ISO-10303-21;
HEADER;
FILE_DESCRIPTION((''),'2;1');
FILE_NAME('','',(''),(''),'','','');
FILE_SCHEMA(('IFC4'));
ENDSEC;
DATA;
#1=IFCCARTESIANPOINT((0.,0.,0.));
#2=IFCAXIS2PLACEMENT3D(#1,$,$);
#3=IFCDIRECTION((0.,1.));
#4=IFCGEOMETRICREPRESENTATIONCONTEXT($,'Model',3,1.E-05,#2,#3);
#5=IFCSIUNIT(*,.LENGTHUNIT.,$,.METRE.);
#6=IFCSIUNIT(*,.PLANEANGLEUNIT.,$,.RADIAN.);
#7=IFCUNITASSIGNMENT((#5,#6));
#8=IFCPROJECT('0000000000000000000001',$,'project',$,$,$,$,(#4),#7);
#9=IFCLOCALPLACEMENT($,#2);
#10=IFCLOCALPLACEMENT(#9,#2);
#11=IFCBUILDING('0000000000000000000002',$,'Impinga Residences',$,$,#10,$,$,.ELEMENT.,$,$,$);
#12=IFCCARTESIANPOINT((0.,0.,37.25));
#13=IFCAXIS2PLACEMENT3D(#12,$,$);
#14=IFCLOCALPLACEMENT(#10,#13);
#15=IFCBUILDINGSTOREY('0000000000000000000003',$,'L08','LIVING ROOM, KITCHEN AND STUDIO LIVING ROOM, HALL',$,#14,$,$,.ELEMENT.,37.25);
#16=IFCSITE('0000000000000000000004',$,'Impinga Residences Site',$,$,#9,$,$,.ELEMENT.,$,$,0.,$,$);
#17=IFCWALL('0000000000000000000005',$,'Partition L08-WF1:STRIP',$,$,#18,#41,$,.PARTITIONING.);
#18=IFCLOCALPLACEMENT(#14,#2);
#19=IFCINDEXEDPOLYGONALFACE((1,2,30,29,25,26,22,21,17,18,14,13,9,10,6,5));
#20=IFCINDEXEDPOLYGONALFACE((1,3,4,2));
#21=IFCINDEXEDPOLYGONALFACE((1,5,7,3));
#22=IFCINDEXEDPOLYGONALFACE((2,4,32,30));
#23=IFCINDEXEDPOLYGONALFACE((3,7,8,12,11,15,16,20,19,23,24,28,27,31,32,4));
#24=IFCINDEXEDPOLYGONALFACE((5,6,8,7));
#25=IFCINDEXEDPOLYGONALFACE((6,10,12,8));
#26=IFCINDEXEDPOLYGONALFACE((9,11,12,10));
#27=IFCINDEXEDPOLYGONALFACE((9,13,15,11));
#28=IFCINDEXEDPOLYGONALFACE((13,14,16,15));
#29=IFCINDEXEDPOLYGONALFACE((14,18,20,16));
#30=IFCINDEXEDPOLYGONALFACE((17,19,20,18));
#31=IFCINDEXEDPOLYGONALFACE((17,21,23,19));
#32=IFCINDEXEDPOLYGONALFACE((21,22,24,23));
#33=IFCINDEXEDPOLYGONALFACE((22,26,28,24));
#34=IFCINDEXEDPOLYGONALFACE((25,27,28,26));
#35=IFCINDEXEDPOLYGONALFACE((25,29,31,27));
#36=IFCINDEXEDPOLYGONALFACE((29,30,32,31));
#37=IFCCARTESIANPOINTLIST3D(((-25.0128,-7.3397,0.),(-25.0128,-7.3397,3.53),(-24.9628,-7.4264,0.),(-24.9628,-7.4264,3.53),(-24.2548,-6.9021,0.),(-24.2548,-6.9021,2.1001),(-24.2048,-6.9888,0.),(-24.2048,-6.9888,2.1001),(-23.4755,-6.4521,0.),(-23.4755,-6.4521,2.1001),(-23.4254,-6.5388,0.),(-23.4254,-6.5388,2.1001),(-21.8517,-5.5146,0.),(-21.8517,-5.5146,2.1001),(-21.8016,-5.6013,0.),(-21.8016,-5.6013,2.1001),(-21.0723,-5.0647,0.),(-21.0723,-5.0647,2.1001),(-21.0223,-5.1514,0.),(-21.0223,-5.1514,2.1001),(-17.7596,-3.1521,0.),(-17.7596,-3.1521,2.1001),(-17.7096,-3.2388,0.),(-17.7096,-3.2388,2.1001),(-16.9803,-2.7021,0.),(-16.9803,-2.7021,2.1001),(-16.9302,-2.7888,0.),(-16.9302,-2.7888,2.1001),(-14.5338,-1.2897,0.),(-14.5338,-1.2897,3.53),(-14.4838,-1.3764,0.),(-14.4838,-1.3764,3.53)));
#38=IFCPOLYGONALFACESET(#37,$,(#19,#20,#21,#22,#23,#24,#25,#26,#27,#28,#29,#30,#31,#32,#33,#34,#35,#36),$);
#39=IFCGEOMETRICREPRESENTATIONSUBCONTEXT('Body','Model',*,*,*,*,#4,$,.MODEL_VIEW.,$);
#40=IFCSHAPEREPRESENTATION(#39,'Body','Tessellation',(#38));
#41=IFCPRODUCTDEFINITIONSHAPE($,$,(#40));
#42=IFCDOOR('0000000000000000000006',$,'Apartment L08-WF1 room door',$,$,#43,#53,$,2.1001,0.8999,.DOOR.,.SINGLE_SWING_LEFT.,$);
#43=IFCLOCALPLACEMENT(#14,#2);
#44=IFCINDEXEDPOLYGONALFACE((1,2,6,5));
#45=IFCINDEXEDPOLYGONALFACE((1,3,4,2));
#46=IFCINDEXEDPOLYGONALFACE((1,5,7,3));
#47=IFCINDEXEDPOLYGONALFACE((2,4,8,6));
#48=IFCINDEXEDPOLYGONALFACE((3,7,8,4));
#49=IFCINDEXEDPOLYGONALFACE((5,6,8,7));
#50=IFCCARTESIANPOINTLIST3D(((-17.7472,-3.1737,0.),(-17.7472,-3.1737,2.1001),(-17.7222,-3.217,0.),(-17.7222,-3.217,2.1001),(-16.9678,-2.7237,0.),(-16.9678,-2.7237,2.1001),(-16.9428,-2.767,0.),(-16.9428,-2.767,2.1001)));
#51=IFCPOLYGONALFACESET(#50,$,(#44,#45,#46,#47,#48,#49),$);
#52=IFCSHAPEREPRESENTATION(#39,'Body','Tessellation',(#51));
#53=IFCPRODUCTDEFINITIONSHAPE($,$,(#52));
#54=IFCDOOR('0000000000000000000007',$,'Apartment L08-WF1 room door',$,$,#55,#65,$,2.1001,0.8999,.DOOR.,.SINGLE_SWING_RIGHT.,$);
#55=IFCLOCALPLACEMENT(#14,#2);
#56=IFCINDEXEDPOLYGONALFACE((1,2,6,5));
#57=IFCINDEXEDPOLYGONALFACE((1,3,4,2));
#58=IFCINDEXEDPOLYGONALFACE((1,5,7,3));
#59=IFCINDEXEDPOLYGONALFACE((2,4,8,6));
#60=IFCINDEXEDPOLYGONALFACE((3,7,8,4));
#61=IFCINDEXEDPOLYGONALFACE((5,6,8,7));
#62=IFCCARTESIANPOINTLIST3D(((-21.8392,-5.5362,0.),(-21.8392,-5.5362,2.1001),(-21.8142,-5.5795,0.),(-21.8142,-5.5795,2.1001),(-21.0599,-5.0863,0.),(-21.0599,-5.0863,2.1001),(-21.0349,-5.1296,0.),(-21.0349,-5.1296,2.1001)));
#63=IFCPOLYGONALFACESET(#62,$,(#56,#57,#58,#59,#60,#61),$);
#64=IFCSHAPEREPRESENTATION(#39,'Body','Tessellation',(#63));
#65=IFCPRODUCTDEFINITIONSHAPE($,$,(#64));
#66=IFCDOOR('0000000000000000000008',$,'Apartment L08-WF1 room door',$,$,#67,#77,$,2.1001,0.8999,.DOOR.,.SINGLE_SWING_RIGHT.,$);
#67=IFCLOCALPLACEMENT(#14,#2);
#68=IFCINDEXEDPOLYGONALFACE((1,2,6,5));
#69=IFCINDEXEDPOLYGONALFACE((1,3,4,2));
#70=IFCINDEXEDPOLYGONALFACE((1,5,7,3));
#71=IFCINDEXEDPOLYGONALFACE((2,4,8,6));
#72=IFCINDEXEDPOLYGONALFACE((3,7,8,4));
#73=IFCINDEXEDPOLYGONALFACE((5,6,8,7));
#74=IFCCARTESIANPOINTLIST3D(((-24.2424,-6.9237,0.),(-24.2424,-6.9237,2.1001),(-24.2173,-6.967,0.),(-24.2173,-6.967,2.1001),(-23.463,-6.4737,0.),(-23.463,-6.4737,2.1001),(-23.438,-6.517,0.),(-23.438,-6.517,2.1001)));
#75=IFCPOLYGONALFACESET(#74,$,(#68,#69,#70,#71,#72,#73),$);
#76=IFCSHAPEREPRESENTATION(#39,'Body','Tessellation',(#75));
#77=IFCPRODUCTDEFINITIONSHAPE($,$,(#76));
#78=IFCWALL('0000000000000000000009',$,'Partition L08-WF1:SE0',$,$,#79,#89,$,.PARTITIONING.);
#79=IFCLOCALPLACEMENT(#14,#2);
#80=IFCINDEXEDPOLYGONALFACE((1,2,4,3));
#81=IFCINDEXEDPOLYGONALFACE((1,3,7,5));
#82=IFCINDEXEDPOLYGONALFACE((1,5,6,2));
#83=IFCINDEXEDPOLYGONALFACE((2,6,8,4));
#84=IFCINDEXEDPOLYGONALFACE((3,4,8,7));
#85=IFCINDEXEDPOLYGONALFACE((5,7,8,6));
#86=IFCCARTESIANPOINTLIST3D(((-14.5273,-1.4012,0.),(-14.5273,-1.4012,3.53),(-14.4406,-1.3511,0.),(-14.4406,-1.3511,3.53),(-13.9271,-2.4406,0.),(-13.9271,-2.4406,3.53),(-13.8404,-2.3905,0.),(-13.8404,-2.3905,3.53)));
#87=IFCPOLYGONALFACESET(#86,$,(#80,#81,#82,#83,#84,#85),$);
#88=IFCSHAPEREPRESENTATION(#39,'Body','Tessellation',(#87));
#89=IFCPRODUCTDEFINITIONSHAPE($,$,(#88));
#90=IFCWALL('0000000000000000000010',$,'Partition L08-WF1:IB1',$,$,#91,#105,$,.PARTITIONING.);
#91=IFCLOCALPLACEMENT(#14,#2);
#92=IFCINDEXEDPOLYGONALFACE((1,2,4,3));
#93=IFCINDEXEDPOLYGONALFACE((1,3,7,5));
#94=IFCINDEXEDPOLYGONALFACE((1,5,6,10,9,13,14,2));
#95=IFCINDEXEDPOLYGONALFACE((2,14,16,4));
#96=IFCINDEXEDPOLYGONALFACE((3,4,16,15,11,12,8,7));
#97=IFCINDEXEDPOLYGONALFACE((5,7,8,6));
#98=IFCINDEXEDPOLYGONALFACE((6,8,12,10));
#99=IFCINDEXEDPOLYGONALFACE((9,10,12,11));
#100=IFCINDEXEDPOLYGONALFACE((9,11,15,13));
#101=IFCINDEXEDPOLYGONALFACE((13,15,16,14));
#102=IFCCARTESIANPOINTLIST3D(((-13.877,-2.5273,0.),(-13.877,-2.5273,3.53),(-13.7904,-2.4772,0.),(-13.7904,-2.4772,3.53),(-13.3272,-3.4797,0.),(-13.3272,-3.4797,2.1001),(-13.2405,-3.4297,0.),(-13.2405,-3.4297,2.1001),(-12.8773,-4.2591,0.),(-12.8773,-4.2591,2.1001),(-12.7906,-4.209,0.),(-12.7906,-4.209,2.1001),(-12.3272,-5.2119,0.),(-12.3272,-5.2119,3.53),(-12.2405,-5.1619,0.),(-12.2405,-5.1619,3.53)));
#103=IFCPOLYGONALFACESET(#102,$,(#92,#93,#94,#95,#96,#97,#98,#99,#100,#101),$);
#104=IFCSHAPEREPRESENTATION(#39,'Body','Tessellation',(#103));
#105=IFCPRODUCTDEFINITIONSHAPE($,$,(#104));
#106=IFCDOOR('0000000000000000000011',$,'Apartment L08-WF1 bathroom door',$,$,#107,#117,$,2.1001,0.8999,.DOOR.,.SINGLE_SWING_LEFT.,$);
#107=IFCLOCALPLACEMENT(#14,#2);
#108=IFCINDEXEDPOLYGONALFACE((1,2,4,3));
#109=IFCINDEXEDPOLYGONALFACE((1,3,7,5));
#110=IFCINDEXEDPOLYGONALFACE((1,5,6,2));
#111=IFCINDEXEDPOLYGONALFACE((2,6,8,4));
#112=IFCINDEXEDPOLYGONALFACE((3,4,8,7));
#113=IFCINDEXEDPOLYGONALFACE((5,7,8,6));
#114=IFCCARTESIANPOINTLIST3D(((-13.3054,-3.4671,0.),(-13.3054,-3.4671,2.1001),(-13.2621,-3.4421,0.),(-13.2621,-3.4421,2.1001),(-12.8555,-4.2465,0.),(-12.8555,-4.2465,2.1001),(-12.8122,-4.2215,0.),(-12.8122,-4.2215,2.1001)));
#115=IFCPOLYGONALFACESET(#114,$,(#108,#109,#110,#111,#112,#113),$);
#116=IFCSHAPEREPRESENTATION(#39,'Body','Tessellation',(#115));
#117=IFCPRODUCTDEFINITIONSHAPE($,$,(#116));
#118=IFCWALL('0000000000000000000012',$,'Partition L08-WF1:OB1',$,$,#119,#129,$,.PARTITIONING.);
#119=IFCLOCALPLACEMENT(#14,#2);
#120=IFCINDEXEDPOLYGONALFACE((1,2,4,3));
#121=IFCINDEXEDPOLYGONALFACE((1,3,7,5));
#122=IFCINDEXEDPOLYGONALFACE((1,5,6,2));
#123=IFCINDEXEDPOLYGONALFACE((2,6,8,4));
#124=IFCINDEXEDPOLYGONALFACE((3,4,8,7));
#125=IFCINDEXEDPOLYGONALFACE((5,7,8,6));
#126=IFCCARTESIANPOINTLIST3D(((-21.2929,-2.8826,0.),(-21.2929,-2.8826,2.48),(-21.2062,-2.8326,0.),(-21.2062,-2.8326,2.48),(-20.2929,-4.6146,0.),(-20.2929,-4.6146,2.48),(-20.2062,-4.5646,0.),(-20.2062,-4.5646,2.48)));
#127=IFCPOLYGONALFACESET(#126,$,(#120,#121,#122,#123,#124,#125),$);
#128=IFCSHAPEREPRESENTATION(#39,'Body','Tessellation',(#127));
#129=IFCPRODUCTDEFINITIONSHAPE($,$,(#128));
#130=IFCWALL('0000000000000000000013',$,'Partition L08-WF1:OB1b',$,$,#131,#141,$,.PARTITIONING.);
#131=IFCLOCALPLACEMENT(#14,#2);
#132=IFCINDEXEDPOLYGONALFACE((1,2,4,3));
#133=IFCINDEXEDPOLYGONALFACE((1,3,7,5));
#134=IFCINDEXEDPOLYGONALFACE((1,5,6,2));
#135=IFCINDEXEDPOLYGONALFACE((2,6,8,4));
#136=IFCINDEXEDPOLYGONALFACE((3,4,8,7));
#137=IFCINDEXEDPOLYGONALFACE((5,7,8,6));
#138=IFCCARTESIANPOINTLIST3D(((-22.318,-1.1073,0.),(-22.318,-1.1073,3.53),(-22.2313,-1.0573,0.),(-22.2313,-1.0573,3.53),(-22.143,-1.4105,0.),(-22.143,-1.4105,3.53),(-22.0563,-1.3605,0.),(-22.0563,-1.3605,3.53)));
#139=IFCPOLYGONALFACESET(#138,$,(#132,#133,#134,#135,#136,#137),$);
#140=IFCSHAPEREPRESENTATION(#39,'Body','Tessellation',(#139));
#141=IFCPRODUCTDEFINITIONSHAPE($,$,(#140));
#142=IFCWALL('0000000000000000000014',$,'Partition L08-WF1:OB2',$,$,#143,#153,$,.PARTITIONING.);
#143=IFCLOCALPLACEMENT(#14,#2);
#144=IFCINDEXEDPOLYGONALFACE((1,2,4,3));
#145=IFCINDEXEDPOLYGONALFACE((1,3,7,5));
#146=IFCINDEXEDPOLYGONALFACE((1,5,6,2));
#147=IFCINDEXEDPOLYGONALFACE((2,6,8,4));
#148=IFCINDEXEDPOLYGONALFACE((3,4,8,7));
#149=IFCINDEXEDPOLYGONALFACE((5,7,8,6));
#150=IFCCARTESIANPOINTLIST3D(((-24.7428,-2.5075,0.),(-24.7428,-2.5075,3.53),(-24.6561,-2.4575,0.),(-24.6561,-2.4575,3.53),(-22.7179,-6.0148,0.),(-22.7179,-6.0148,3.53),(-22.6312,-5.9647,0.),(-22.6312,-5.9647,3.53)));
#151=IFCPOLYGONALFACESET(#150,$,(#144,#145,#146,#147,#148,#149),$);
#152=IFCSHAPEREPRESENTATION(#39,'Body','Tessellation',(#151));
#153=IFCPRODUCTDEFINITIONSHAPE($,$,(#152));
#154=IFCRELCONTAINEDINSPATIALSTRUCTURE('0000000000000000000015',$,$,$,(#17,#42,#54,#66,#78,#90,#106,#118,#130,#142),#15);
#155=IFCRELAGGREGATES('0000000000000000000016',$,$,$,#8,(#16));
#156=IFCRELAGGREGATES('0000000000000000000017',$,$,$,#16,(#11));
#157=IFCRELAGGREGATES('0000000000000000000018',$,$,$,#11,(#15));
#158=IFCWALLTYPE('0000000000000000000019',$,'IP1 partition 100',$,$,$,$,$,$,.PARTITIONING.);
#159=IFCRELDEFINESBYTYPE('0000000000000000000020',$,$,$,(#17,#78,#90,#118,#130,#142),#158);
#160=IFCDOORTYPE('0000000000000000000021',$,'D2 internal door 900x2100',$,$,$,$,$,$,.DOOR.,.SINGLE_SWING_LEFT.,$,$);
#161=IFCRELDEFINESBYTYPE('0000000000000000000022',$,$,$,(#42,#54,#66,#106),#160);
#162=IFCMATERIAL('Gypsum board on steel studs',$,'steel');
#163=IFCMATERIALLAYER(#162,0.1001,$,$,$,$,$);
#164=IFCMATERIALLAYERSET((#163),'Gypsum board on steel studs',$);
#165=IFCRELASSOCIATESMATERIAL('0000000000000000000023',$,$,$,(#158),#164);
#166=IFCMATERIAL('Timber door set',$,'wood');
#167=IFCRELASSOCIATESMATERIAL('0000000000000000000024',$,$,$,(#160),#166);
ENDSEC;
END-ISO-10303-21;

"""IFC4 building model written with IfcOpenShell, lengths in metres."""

from ifc_helpers import new_model, si_unit, direction, frame, frame_2d, origin, place, context, subcontext, project, spatial, rectangle, extrude, material, layer, layer_set, type_object, element, fill, save


model = new_model("IFC4")

# Units and contexts
model_context = context("Model", 3, precision=1e-05, world=origin(), true_north=direction((0.0, 1.0)))
body_context = subcontext(model_context, "Body", "Model", "MODEL_VIEW")
ifc_project = project(units=[si_unit("LENGTHUNIT", "METRE"), si_unit("PLANEANGLEUNIT", "RADIAN")], contexts=[model_context])

# Site, building, storey
site_placement = place(None, origin())
site = spatial("IfcSite", under=ifc_project, at=site_placement, Name="Impinga Residences Site", CompositionType="ELEMENT", RefElevation=0.0)
building_placement = place(site_placement, origin())
building = spatial("IfcBuilding", under=site, at=building_placement, Name="Impinga Residences", CompositionType="ELEMENT")
storey_placement = place(building_placement, frame((0.0, 0.0, 37.25)))
storey = spatial("IfcBuildingStorey", under=building, at=storey_placement, Name="L08", Description="LIVING ROOM, KITCHEN AND STUDIO LIVING ROOM, HALL", CompositionType="ELEMENT", Elevation=37.25)

# Shared definitions
ifc_material_1 = material(Name="Timber door set", Category="wood")

# Shared definitions
ifc_material_2 = material(Name="Gypsum board on steel studs", Category="steel")
ifc_layer_1 = layer(ifc_material_2, 0.1001)
ifc_layer_set_1 = layer_set([ifc_layer_1], Name="Gypsum board on steel studs")
wall_type_1 = type_object("IfcWallType", Name="IP1 partition 100", PredefinedType="PARTITIONING", material=ifc_layer_set_1)

# Wall, openings, doors
wall_1_placement = place(storey_placement, frame((-14.5088, -1.333, 0.0), z_axis=(0.0, 0.0, 1.0), x_axis=(-0.866026, -0.5, 0.0)))
wall_1 = element("IfcWall", 1, at=wall_1_placement, inside=storey, type_object=wall_type_1, Name="Partition L08-WF1:STRIP", PredefinedType="PARTITIONING", context=body_context, shape_type="SweptSolid", body=[
    extrude(rectangle(XDim=12.1001, YDim=0.1001, at=frame_2d((6.05, 0.0))), origin(), (0.0, 0.0, 1.0), 3.53),
])
opening_1_placement = place(wall_1_placement, frame((2.825, 0.0, 0.0)))
opening_1 = element("IfcOpeningElement", 2, at=opening_1_placement, cuts=wall_1, PredefinedType="OPENING", context=body_context, shape_type="SweptSolid", body=[
    extrude(rectangle(XDim=0.8999, YDim=2.1001, at=frame_2d((0.45, 1.05))), frame((0.0, 0.0601, 0.0), z_axis=(0.0, -1.0, 0.0), x_axis=(1.0, 0.0, 0.0)), (0.0, 0.0, 1.0), 0.1201),
])
opening_2_placement = place(wall_1_placement, frame((7.55, 0.0, 0.0)))
opening_2 = element("IfcOpeningElement", 3, at=opening_2_placement, cuts=wall_1, PredefinedType="OPENING", context=body_context, shape_type="SweptSolid", body=[
    extrude(rectangle(XDim=0.8999, YDim=2.1001, at=frame_2d((0.45, 1.05))), frame((0.0, 0.0601, 0.0), z_axis=(0.0, -1.0, 0.0), x_axis=(1.0, 0.0, 0.0)), (0.0, 0.0, 1.0), 0.1201),
])
opening_3_placement = place(wall_1_placement, frame((10.325, 0.0, 0.0)))
opening_3 = element("IfcOpeningElement", 4, at=opening_3_placement, cuts=wall_1, PredefinedType="OPENING", context=body_context, shape_type="SweptSolid", body=[
    extrude(rectangle(XDim=0.8999, YDim=2.1001, at=frame_2d((0.45, 1.05))), frame((0.0, 0.0601, 0.0), z_axis=(0.0, -1.0, 0.0), x_axis=(1.0, 0.0, 0.0)), (0.0, 0.0, 1.0), 0.1201),
])
door_type_1 = type_object("IfcDoorType", Name="D2 internal door 900x2100", OperationType="SINGLE_SWING_LEFT", PredefinedType="DOOR", material=ifc_material_1)
door_1_placement = place(opening_1_placement, origin())
door_1 = element("IfcDoor", 5, at=door_1_placement, inside=storey, type_object=door_type_1, Name="Apartment L08-WF1 room door", OperationType="SINGLE_SWING_LEFT", OverallHeight=2.1001, OverallWidth=0.8999, PredefinedType="DOOR", context=body_context, shape_type="SweptSolid", body=[
    extrude(rectangle(XDim=0.8999, YDim=2.1001, at=frame_2d((0.45, 1.05))), frame((0.0, 0.0249, 0.0), z_axis=(0.0, -1.0, 0.0), x_axis=(1.0, 0.0, 0.0)), (0.0, 0.0, 1.0), 0.05),
])
fill(opening_1, door_1)
door_2_placement = place(opening_2_placement, origin())
door_2 = element("IfcDoor", 6, at=door_2_placement, inside=storey, type_object=door_type_1, Name="Apartment L08-WF1 room door", OperationType="SINGLE_SWING_RIGHT", OverallHeight=2.1001, OverallWidth=0.8999, PredefinedType="DOOR", context=body_context, shape_type="SweptSolid", body=[
    extrude(rectangle(XDim=0.8999, YDim=2.1001, at=frame_2d((0.45, 1.05))), frame((0.0, 0.0249, 0.0), z_axis=(0.0, -1.0, 0.0), x_axis=(1.0, 0.0, 0.0)), (0.0, 0.0, 1.0), 0.05),
])
fill(opening_2, door_2)
door_3_placement = place(opening_3_placement, origin())
door_3 = element("IfcDoor", 7, at=door_3_placement, inside=storey, type_object=door_type_1, Name="Apartment L08-WF1 room door", OperationType="SINGLE_SWING_RIGHT", OverallHeight=2.1001, OverallWidth=0.8999, PredefinedType="DOOR", context=body_context, shape_type="SweptSolid", body=[
    extrude(rectangle(XDim=0.8999, YDim=2.1001, at=frame_2d((0.45, 1.05))), frame((0.0, 0.0249, 0.0), z_axis=(0.0, -1.0, 0.0), x_axis=(1.0, 0.0, 0.0)), (0.0, 0.0, 1.0), 0.05),
])
fill(opening_3, door_3)

# Wall
wall_2_placement = place(storey_placement, frame((-13.8838, -2.4155, 0.0), z_axis=(0.0, 0.0, 1.0), x_axis=(-0.500034, 0.866006, 0.0)))
element("IfcWall", 8, at=wall_2_placement, inside=storey, type_object=wall_type_1, Name="Partition L08-WF1:SE0", PredefinedType="PARTITIONING", context=body_context, shape_type="SweptSolid", body=[
    extrude(rectangle(XDim=1.2002, YDim=0.1001, at=frame_2d((0.6001, 0.0))), origin(), (0.0, 0.0, 1.0), 3.53),
])

# Wall, opening, door
wall_3_placement = place(storey_placement, frame((-12.2839, -5.1868, 0.0), z_axis=(0.0, 0.0, 1.0), x_axis=(-0.499968, 0.866044, 0.0)))
wall_3 = element("IfcWall", 9, at=wall_3_placement, inside=storey, type_object=wall_type_1, Name="Partition L08-WF1:IB1", PredefinedType="PARTITIONING", context=body_context, shape_type="SweptSolid", body=[
    extrude(rectangle(XDim=3.0999, YDim=0.1001, at=frame_2d((1.5498, 0.0))), origin(), (0.0, 0.0, 1.0), 3.53),
])
opening_4_placement = place(wall_3_placement, frame((1.1001, 0.0, 0.0)))
opening_4 = element("IfcOpeningElement", 10, at=opening_4_placement, cuts=wall_3, PredefinedType="OPENING", context=body_context, shape_type="SweptSolid", body=[
    extrude(rectangle(XDim=0.8999, YDim=2.1001, at=frame_2d((0.45, 1.05))), frame((0.0, 0.0601, 0.0), z_axis=(0.0, -1.0, 0.0), x_axis=(1.0, 0.0, 0.0)), (0.0, 0.0, 1.0), 0.1201),
])
door_4_placement = place(opening_4_placement, origin())
door_4 = element("IfcDoor", 11, at=door_4_placement, inside=storey, type_object=door_type_1, Name="Apartment L08-WF1 bathroom door", OperationType="SINGLE_SWING_LEFT", OverallHeight=2.1001, OverallWidth=0.8999, PredefinedType="DOOR", context=body_context, shape_type="SweptSolid", body=[
    extrude(rectangle(XDim=0.8999, YDim=2.1001, at=frame_2d((0.45, 1.05))), frame((0.0, 0.0249, 0.0), z_axis=(0.0, -1.0, 0.0), x_axis=(1.0, 0.0, 0.0)), (0.0, 0.0, 1.0), 0.05),
])
fill(opening_4, door_4)

# Walls
wall_4_placement = place(storey_placement, frame((-20.2495, -4.5896, 0.0), z_axis=(0.0, 0.0, 1.0), x_axis=(-0.500025, 0.866011, 0.0)))
element("IfcWall", 12, at=wall_4_placement, inside=storey, type_object=wall_type_1, Name="Partition L08-WF1:OB1", PredefinedType="PARTITIONING", context=body_context, shape_type="SweptSolid", body=[
    extrude(rectangle(XDim=2.0, YDim=0.1001, at=frame_2d((1.0, 0.0))), origin(), (0.0, 0.0, 1.0), 2.48),
])
wall_5_placement = place(storey_placement, frame((-22.0996, -1.3855, 0.0), z_axis=(0.0, 0.0, 1.0), x_axis=(-0.499964, 0.866046, 0.0)))
element("IfcWall", 13, at=wall_5_placement, inside=storey, type_object=wall_type_1, Name="Partition L08-WF1:OB1b", PredefinedType="PARTITIONING", context=body_context, shape_type="SweptSolid", body=[
    extrude(rectangle(XDim=0.3501, YDim=0.1001, at=frame_2d((0.175, 0.0))), origin(), (0.0, 0.0, 1.0), 3.53),
])
wall_6_placement = place(storey_placement, frame((-22.6746, -5.9897, 0.0), z_axis=(0.0, 0.0, 1.0), x_axis=(-0.49999, 0.866031, 0.0)))
element("IfcWall", 14, at=wall_6_placement, inside=storey, type_object=wall_type_1, Name="Partition L08-WF1:OB2", PredefinedType="PARTITIONING", context=body_context, shape_type="SweptSolid", body=[
    extrude(rectangle(XDim=4.0498, YDim=0.1001, at=frame_2d((2.0249, 0.0))), origin(), (0.0, 0.0, 1.0), 3.53),
])

save(model, "model.ifc")
